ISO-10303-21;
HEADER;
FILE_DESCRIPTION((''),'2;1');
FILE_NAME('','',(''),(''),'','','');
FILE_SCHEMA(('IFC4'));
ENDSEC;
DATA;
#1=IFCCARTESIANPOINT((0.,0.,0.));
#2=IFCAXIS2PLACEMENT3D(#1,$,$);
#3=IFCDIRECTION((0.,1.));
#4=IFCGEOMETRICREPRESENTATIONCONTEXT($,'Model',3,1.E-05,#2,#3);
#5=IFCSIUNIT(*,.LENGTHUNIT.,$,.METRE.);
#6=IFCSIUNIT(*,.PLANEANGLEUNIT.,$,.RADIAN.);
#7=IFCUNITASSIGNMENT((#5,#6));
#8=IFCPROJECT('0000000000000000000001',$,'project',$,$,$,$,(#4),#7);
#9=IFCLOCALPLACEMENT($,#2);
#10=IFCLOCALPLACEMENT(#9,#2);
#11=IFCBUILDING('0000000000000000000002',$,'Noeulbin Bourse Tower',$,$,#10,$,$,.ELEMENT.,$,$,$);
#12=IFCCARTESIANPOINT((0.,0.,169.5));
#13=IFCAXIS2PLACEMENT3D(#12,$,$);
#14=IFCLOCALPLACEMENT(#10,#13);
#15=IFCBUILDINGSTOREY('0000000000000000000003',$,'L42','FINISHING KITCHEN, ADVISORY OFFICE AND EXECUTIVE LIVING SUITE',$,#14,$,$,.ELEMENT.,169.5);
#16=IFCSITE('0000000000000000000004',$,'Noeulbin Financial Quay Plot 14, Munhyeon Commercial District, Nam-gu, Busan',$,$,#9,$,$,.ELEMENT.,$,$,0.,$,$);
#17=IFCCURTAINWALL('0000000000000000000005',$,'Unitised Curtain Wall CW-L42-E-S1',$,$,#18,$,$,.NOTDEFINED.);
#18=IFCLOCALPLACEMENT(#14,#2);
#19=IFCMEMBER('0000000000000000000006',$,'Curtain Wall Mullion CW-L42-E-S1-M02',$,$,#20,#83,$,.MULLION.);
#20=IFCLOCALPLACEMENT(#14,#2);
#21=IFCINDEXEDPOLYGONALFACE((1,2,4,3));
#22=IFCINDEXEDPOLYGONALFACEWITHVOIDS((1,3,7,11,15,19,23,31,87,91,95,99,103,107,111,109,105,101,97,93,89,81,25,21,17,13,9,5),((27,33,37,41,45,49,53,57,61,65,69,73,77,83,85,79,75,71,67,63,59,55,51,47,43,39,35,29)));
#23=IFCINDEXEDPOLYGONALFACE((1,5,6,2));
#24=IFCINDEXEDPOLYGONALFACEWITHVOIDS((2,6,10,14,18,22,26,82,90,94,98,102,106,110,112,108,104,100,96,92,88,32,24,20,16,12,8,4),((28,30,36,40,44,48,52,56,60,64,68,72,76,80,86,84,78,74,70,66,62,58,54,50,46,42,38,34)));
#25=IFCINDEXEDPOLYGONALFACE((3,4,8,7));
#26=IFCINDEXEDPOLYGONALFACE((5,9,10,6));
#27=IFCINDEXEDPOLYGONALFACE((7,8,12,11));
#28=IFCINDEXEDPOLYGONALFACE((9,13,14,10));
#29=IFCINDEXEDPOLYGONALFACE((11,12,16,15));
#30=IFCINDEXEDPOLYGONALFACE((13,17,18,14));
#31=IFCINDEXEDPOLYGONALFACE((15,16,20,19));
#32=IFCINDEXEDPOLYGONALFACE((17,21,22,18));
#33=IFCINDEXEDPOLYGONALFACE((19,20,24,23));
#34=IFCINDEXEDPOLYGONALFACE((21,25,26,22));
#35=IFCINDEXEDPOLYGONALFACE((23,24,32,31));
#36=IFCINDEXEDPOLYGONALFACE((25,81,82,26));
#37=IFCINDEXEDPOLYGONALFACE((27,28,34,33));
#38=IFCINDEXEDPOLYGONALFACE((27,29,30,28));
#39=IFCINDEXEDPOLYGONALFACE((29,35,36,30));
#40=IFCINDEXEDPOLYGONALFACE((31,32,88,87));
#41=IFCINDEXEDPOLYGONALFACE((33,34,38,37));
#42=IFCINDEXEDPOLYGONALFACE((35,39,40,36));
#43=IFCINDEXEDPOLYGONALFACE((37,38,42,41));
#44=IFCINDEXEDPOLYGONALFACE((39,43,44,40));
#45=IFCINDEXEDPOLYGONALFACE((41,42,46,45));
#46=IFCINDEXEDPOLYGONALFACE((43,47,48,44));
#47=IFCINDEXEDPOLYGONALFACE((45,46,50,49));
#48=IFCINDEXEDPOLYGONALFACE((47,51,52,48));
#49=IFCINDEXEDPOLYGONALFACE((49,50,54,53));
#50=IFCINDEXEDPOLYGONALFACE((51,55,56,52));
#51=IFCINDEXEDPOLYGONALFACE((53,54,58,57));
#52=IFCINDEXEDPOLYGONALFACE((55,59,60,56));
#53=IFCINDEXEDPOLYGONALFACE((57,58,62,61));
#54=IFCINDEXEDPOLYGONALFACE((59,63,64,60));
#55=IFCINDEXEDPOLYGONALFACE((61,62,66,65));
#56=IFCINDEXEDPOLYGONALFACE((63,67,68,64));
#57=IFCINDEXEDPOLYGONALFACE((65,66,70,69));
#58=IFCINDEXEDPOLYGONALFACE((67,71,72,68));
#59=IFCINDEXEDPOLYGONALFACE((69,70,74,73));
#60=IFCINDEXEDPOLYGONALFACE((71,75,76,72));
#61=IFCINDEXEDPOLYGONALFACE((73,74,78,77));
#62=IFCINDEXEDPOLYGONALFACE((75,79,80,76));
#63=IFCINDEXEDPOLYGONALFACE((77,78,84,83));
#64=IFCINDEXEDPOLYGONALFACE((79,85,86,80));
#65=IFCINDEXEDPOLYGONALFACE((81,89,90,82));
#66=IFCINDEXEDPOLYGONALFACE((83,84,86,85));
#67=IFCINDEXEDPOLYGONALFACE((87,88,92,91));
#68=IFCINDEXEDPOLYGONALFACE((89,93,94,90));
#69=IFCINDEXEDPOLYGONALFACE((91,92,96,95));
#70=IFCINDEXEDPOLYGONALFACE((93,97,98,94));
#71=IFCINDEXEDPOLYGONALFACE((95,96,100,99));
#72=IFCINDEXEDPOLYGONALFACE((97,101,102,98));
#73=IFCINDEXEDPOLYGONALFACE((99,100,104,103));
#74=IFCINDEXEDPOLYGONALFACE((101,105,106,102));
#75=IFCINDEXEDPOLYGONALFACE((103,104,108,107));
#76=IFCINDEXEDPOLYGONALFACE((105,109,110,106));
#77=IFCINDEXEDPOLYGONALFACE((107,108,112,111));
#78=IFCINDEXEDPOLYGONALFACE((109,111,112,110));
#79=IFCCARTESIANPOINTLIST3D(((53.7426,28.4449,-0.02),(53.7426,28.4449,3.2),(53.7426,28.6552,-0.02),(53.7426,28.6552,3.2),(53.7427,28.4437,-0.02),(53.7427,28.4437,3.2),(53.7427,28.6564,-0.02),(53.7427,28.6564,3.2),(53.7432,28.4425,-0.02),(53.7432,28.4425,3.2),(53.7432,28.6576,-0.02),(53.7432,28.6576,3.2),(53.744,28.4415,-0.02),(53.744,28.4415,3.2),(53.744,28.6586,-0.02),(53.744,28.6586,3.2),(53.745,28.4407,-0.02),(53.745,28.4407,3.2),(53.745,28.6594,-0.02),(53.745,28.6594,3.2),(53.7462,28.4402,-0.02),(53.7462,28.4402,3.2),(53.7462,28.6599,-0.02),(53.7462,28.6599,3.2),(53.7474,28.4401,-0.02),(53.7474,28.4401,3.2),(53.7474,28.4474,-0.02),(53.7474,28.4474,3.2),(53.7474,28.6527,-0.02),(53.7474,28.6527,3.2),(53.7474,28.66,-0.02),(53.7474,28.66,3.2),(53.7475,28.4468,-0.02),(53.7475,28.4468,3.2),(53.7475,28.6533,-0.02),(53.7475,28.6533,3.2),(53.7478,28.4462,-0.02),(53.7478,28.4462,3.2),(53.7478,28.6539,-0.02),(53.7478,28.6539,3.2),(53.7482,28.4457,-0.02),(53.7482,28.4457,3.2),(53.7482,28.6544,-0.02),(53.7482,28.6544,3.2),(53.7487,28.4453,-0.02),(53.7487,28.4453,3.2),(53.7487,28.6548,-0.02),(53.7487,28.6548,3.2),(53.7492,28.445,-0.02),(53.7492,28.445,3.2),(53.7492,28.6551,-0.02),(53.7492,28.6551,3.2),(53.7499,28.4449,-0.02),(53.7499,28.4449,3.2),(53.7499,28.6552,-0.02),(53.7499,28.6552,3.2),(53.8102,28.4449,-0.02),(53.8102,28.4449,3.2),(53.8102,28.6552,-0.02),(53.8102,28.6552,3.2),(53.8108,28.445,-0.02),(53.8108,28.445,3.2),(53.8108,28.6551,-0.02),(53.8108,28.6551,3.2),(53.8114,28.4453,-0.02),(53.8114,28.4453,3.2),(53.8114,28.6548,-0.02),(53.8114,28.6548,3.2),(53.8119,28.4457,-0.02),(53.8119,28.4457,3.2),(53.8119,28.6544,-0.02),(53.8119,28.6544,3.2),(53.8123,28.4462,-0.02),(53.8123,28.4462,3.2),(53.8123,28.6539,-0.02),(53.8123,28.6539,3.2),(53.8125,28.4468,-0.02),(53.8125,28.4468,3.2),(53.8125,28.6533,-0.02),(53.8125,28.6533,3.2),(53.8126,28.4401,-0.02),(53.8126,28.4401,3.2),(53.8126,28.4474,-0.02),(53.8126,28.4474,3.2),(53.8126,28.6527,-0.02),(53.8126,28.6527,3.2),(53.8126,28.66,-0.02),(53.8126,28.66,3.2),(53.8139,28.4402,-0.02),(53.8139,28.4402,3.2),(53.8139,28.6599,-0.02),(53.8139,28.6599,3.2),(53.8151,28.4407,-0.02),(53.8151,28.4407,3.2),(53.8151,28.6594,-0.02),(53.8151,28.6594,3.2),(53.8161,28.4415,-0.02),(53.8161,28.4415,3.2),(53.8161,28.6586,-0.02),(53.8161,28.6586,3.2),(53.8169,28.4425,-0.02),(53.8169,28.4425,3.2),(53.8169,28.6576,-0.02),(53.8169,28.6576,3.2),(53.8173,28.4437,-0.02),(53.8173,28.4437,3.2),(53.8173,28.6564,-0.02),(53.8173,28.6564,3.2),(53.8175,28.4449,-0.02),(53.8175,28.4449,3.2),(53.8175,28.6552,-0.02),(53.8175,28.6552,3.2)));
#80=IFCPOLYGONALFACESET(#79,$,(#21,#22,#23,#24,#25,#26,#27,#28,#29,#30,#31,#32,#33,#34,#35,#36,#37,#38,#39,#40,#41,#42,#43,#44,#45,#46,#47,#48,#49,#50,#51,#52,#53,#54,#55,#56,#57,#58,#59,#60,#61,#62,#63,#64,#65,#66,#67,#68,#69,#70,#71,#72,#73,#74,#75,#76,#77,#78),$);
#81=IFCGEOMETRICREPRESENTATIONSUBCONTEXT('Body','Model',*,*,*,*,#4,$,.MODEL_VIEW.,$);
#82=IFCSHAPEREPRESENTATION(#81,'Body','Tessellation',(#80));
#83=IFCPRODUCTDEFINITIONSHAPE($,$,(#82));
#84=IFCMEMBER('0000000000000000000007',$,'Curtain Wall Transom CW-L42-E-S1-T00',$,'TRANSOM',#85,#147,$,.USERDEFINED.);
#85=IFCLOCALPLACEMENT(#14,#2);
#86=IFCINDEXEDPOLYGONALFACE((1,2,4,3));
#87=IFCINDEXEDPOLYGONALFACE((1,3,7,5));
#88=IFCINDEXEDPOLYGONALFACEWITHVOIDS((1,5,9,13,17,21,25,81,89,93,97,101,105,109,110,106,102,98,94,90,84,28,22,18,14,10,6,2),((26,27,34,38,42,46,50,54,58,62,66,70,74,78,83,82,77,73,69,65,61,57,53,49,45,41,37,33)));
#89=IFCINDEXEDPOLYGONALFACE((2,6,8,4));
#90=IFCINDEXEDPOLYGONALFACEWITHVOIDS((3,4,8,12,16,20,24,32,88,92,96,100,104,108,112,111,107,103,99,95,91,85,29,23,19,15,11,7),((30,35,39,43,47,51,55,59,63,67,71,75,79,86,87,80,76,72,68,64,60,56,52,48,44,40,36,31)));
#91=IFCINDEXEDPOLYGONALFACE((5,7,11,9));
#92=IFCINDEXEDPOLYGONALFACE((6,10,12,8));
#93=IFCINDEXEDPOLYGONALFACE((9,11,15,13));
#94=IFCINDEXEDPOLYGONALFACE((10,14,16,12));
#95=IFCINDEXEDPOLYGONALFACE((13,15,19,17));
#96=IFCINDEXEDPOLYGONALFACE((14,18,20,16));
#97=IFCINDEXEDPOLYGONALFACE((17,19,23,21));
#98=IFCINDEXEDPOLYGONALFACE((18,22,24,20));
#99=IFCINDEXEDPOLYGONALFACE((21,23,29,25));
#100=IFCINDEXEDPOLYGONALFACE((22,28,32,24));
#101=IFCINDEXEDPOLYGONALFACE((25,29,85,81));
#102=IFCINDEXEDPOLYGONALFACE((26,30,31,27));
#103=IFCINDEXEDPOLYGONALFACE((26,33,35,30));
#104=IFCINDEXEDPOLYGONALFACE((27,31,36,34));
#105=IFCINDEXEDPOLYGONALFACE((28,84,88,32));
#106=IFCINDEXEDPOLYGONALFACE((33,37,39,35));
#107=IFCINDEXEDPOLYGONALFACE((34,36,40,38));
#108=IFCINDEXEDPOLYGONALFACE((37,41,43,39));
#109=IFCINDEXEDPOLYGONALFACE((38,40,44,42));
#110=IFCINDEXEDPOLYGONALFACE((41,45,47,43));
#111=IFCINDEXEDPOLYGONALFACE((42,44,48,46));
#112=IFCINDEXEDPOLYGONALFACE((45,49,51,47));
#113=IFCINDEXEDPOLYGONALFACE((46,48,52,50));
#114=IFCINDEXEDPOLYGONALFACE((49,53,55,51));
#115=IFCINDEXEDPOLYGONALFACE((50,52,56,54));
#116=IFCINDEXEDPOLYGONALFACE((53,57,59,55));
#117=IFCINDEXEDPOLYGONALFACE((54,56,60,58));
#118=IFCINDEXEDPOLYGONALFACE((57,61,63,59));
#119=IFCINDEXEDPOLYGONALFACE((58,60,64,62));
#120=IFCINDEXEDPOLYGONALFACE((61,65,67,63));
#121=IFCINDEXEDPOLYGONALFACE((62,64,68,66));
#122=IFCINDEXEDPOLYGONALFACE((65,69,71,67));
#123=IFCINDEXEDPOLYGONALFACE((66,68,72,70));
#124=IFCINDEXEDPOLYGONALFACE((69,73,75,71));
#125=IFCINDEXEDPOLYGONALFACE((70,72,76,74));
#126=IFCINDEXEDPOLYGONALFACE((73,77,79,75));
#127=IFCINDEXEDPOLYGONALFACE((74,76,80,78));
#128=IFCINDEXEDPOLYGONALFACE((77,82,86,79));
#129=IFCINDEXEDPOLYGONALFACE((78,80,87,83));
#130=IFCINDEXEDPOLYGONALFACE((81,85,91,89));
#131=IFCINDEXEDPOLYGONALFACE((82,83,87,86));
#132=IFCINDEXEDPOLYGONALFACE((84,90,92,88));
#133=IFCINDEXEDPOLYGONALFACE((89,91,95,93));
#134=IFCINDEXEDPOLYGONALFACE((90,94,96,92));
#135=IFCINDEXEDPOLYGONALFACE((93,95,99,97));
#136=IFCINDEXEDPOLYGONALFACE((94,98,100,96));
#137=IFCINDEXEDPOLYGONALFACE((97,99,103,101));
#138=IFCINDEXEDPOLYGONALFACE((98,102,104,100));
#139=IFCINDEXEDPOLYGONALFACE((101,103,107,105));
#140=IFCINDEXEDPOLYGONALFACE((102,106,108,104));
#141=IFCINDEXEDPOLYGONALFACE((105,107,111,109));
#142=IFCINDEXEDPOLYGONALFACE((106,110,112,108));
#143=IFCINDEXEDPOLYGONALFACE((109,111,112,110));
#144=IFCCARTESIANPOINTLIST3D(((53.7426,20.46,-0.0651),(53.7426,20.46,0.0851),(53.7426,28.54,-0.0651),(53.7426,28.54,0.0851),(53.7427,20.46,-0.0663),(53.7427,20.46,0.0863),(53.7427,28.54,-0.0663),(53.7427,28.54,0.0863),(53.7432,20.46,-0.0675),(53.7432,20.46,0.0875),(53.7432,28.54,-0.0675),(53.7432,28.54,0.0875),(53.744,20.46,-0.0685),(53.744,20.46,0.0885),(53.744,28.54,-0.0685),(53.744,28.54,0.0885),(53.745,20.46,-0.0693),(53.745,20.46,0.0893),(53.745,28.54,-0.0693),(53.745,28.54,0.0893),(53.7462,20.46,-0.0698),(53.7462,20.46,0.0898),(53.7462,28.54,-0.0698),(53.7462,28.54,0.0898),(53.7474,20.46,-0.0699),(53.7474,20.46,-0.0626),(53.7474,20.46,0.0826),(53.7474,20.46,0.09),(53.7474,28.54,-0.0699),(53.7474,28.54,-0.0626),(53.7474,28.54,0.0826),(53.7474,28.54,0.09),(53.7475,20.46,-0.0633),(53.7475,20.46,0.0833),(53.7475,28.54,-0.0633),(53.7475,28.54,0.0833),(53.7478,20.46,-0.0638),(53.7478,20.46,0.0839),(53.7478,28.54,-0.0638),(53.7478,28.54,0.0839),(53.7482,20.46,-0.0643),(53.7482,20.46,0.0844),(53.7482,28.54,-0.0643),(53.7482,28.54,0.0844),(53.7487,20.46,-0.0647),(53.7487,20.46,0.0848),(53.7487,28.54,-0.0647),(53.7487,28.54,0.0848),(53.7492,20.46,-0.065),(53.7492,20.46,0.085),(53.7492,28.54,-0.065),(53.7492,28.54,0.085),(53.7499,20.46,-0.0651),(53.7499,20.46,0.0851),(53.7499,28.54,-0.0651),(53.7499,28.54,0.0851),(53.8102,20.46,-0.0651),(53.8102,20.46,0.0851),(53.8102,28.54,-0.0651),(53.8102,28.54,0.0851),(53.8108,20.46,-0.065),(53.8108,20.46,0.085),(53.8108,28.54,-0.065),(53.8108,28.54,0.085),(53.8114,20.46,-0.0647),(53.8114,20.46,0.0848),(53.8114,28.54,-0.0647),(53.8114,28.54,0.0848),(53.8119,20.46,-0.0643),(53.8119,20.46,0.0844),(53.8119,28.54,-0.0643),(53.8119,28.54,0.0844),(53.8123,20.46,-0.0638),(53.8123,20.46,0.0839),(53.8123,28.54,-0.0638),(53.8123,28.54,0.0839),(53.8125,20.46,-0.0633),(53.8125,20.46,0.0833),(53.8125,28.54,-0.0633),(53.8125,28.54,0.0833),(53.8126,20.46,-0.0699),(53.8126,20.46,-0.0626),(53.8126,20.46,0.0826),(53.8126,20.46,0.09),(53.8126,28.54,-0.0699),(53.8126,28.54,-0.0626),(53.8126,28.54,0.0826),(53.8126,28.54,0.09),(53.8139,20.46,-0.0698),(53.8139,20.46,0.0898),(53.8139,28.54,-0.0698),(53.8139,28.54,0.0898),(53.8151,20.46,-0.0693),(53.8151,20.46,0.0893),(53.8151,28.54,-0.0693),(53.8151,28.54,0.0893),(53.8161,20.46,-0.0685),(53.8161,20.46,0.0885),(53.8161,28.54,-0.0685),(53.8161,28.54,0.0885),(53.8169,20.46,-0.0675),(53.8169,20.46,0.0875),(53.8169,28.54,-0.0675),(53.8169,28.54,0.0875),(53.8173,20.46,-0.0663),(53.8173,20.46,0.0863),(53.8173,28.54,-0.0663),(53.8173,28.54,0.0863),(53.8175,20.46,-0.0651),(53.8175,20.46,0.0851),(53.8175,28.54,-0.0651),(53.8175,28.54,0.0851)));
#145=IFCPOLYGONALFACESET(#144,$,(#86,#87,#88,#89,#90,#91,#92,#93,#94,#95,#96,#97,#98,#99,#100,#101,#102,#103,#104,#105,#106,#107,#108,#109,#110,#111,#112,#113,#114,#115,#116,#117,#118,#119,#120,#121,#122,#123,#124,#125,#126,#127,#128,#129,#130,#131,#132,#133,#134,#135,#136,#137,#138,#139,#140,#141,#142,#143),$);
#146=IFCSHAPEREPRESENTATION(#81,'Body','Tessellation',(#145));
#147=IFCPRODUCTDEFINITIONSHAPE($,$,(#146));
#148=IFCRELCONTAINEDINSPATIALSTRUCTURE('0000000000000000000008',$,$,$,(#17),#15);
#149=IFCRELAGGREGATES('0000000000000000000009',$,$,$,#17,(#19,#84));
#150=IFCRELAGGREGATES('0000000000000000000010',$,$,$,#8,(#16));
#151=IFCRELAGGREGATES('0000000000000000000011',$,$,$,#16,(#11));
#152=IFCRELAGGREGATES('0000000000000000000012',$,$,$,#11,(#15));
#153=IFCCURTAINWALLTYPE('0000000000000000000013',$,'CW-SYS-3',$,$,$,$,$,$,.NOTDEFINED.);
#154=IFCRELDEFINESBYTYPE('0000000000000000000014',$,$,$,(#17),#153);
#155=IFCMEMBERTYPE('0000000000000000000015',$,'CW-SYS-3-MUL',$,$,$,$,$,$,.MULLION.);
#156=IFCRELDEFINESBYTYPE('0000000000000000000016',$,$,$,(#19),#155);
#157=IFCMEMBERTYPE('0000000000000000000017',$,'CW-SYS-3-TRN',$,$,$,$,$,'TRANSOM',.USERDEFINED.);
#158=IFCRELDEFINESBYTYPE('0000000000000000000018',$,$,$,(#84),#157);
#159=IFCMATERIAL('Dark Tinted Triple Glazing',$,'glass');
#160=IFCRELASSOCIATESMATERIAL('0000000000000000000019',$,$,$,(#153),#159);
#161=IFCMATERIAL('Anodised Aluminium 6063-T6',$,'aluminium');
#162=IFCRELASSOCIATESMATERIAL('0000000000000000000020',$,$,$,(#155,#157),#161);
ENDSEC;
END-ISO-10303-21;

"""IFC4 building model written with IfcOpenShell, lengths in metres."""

from ifc_helpers import new_model, si_unit, direction, frame, origin, origin_2d, place, context, subcontext, project, spatial, hollow_rectangle, extrude, material, material_profile, profile_set, type_object, element, aggregate, save


model = new_model("IFC4")

# Units and contexts
model_context = context("Model", 3, precision=1e-05, world=origin(), true_north=direction((0.0, 1.0)))
body_context = subcontext(model_context, "Body", "Model", "MODEL_VIEW")
ifc_project = project(units=[si_unit("LENGTHUNIT", "METRE"), si_unit("PLANEANGLEUNIT", "RADIAN")], contexts=[model_context])

# Site, building, storey
site_placement = place(None, origin())
site = spatial("IfcSite", under=ifc_project, at=site_placement, Name="Noeulbin Financial Quay Plot 14, Munhyeon Commercial District, Nam-gu, Busan", CompositionType="ELEMENT", RefElevation=0.0)
building_placement = place(site_placement, origin())
building = spatial("IfcBuilding", under=site, at=building_placement, Name="Noeulbin Bourse Tower", CompositionType="ELEMENT")
storey_placement = place(building_placement, frame((0.0, 0.0, 169.5)))
storey = spatial("IfcBuildingStorey", under=building, at=storey_placement, Name="L42", Description="FINISHING KITCHEN, ADVISORY OFFICE AND EXECUTIVE LIVING SUITE", CompositionType="ELEMENT", Elevation=169.5)

# Curtain wall, members
ifc_material_1 = material(Name="Dark Tinted Triple Glazing", Category="glass")
curtain_wall_type = type_object("IfcCurtainWallType", Name="CW-SYS-3", PredefinedType="NOTDEFINED", material=ifc_material_1)
curtain_wall_placement = place(storey_placement, origin())
curtain_wall = element("IfcCurtainWall", 1, at=curtain_wall_placement, inside=storey, type_object=curtain_wall_type, Name="Unitised Curtain Wall CW-L42-E-S1", PredefinedType="NOTDEFINED")
ifc_material_2 = material(Name="Anodised Aluminium 6063-T6", Category="aluminium")
ifc_material_profile_1 = material_profile(ifc_material_2, hollow_rectangle(XDim=0.075, YDim=0.22, WallThickness=0.0049, InnerFilletRadius=0.0024, OuterFilletRadius=0.0049, at=origin_2d()), Name="ALU-MULL-75x220x5", Category="LoadBearing")
ifc_profile_set_1 = profile_set([ifc_material_profile_1], Name="Anodised Aluminium 6063-T6")
member_type_1 = type_object("IfcMemberType", Name="CW-SYS-3-MUL", PredefinedType="MULLION", material=ifc_profile_set_1)
member_1_placement = place(storey_placement, frame((53.78, 28.55, -0.02), z_axis=(0.0, 0.0, 1.0), x_axis=(1.0, 0.0, 0.0)))
member_1 = element("IfcMember", 2, at=member_1_placement, type_object=member_type_1, Name="Curtain Wall Mullion CW-L42-E-S1-M02", PredefinedType="MULLION", context=body_context, shape_type="SweptSolid", body=[
    extrude(hollow_rectangle(XDim=0.075, YDim=0.22, WallThickness=0.0049, InnerFilletRadius=0.0024, OuterFilletRadius=0.0049, at=origin_2d()), origin(), (0.0, 0.0, 1.0), 3.22),
])
ifc_material_profile_2 = material_profile(ifc_material_2, hollow_rectangle(XDim=0.075, YDim=0.1599, WallThickness=0.0049, InnerFilletRadius=0.0024, OuterFilletRadius=0.0049, at=origin_2d()), Name="ALU-TRAN-75x160x5", Category="LoadBearing")
ifc_profile_set_2 = profile_set([ifc_material_profile_2], Name="Anodised Aluminium 6063-T6")
member_type_2 = type_object("IfcMemberType", Name="CW-SYS-3-TRN", ElementType="TRANSOM", PredefinedType="USERDEFINED", material=ifc_profile_set_2)
member_2_placement = place(storey_placement, frame((53.78, 20.46, 0.01), z_axis=(0.0, 1.0, 0.0), x_axis=(-1.0, 0.0, 0.0)))
member_2 = element("IfcMember", 3, at=member_2_placement, type_object=member_type_2, Name="Curtain Wall Transom CW-L42-E-S1-T00", ObjectType="TRANSOM", PredefinedType="USERDEFINED", context=body_context, shape_type="SweptSolid", body=[
    extrude(hollow_rectangle(XDim=0.075, YDim=0.1599, WallThickness=0.0049, InnerFilletRadius=0.0024, OuterFilletRadius=0.0049, at=origin_2d()), origin(), (0.0, 0.0, 1.0), 8.0801),
])
aggregate(curtain_wall, [member_1, member_2])

save(model, "model.ifc")
